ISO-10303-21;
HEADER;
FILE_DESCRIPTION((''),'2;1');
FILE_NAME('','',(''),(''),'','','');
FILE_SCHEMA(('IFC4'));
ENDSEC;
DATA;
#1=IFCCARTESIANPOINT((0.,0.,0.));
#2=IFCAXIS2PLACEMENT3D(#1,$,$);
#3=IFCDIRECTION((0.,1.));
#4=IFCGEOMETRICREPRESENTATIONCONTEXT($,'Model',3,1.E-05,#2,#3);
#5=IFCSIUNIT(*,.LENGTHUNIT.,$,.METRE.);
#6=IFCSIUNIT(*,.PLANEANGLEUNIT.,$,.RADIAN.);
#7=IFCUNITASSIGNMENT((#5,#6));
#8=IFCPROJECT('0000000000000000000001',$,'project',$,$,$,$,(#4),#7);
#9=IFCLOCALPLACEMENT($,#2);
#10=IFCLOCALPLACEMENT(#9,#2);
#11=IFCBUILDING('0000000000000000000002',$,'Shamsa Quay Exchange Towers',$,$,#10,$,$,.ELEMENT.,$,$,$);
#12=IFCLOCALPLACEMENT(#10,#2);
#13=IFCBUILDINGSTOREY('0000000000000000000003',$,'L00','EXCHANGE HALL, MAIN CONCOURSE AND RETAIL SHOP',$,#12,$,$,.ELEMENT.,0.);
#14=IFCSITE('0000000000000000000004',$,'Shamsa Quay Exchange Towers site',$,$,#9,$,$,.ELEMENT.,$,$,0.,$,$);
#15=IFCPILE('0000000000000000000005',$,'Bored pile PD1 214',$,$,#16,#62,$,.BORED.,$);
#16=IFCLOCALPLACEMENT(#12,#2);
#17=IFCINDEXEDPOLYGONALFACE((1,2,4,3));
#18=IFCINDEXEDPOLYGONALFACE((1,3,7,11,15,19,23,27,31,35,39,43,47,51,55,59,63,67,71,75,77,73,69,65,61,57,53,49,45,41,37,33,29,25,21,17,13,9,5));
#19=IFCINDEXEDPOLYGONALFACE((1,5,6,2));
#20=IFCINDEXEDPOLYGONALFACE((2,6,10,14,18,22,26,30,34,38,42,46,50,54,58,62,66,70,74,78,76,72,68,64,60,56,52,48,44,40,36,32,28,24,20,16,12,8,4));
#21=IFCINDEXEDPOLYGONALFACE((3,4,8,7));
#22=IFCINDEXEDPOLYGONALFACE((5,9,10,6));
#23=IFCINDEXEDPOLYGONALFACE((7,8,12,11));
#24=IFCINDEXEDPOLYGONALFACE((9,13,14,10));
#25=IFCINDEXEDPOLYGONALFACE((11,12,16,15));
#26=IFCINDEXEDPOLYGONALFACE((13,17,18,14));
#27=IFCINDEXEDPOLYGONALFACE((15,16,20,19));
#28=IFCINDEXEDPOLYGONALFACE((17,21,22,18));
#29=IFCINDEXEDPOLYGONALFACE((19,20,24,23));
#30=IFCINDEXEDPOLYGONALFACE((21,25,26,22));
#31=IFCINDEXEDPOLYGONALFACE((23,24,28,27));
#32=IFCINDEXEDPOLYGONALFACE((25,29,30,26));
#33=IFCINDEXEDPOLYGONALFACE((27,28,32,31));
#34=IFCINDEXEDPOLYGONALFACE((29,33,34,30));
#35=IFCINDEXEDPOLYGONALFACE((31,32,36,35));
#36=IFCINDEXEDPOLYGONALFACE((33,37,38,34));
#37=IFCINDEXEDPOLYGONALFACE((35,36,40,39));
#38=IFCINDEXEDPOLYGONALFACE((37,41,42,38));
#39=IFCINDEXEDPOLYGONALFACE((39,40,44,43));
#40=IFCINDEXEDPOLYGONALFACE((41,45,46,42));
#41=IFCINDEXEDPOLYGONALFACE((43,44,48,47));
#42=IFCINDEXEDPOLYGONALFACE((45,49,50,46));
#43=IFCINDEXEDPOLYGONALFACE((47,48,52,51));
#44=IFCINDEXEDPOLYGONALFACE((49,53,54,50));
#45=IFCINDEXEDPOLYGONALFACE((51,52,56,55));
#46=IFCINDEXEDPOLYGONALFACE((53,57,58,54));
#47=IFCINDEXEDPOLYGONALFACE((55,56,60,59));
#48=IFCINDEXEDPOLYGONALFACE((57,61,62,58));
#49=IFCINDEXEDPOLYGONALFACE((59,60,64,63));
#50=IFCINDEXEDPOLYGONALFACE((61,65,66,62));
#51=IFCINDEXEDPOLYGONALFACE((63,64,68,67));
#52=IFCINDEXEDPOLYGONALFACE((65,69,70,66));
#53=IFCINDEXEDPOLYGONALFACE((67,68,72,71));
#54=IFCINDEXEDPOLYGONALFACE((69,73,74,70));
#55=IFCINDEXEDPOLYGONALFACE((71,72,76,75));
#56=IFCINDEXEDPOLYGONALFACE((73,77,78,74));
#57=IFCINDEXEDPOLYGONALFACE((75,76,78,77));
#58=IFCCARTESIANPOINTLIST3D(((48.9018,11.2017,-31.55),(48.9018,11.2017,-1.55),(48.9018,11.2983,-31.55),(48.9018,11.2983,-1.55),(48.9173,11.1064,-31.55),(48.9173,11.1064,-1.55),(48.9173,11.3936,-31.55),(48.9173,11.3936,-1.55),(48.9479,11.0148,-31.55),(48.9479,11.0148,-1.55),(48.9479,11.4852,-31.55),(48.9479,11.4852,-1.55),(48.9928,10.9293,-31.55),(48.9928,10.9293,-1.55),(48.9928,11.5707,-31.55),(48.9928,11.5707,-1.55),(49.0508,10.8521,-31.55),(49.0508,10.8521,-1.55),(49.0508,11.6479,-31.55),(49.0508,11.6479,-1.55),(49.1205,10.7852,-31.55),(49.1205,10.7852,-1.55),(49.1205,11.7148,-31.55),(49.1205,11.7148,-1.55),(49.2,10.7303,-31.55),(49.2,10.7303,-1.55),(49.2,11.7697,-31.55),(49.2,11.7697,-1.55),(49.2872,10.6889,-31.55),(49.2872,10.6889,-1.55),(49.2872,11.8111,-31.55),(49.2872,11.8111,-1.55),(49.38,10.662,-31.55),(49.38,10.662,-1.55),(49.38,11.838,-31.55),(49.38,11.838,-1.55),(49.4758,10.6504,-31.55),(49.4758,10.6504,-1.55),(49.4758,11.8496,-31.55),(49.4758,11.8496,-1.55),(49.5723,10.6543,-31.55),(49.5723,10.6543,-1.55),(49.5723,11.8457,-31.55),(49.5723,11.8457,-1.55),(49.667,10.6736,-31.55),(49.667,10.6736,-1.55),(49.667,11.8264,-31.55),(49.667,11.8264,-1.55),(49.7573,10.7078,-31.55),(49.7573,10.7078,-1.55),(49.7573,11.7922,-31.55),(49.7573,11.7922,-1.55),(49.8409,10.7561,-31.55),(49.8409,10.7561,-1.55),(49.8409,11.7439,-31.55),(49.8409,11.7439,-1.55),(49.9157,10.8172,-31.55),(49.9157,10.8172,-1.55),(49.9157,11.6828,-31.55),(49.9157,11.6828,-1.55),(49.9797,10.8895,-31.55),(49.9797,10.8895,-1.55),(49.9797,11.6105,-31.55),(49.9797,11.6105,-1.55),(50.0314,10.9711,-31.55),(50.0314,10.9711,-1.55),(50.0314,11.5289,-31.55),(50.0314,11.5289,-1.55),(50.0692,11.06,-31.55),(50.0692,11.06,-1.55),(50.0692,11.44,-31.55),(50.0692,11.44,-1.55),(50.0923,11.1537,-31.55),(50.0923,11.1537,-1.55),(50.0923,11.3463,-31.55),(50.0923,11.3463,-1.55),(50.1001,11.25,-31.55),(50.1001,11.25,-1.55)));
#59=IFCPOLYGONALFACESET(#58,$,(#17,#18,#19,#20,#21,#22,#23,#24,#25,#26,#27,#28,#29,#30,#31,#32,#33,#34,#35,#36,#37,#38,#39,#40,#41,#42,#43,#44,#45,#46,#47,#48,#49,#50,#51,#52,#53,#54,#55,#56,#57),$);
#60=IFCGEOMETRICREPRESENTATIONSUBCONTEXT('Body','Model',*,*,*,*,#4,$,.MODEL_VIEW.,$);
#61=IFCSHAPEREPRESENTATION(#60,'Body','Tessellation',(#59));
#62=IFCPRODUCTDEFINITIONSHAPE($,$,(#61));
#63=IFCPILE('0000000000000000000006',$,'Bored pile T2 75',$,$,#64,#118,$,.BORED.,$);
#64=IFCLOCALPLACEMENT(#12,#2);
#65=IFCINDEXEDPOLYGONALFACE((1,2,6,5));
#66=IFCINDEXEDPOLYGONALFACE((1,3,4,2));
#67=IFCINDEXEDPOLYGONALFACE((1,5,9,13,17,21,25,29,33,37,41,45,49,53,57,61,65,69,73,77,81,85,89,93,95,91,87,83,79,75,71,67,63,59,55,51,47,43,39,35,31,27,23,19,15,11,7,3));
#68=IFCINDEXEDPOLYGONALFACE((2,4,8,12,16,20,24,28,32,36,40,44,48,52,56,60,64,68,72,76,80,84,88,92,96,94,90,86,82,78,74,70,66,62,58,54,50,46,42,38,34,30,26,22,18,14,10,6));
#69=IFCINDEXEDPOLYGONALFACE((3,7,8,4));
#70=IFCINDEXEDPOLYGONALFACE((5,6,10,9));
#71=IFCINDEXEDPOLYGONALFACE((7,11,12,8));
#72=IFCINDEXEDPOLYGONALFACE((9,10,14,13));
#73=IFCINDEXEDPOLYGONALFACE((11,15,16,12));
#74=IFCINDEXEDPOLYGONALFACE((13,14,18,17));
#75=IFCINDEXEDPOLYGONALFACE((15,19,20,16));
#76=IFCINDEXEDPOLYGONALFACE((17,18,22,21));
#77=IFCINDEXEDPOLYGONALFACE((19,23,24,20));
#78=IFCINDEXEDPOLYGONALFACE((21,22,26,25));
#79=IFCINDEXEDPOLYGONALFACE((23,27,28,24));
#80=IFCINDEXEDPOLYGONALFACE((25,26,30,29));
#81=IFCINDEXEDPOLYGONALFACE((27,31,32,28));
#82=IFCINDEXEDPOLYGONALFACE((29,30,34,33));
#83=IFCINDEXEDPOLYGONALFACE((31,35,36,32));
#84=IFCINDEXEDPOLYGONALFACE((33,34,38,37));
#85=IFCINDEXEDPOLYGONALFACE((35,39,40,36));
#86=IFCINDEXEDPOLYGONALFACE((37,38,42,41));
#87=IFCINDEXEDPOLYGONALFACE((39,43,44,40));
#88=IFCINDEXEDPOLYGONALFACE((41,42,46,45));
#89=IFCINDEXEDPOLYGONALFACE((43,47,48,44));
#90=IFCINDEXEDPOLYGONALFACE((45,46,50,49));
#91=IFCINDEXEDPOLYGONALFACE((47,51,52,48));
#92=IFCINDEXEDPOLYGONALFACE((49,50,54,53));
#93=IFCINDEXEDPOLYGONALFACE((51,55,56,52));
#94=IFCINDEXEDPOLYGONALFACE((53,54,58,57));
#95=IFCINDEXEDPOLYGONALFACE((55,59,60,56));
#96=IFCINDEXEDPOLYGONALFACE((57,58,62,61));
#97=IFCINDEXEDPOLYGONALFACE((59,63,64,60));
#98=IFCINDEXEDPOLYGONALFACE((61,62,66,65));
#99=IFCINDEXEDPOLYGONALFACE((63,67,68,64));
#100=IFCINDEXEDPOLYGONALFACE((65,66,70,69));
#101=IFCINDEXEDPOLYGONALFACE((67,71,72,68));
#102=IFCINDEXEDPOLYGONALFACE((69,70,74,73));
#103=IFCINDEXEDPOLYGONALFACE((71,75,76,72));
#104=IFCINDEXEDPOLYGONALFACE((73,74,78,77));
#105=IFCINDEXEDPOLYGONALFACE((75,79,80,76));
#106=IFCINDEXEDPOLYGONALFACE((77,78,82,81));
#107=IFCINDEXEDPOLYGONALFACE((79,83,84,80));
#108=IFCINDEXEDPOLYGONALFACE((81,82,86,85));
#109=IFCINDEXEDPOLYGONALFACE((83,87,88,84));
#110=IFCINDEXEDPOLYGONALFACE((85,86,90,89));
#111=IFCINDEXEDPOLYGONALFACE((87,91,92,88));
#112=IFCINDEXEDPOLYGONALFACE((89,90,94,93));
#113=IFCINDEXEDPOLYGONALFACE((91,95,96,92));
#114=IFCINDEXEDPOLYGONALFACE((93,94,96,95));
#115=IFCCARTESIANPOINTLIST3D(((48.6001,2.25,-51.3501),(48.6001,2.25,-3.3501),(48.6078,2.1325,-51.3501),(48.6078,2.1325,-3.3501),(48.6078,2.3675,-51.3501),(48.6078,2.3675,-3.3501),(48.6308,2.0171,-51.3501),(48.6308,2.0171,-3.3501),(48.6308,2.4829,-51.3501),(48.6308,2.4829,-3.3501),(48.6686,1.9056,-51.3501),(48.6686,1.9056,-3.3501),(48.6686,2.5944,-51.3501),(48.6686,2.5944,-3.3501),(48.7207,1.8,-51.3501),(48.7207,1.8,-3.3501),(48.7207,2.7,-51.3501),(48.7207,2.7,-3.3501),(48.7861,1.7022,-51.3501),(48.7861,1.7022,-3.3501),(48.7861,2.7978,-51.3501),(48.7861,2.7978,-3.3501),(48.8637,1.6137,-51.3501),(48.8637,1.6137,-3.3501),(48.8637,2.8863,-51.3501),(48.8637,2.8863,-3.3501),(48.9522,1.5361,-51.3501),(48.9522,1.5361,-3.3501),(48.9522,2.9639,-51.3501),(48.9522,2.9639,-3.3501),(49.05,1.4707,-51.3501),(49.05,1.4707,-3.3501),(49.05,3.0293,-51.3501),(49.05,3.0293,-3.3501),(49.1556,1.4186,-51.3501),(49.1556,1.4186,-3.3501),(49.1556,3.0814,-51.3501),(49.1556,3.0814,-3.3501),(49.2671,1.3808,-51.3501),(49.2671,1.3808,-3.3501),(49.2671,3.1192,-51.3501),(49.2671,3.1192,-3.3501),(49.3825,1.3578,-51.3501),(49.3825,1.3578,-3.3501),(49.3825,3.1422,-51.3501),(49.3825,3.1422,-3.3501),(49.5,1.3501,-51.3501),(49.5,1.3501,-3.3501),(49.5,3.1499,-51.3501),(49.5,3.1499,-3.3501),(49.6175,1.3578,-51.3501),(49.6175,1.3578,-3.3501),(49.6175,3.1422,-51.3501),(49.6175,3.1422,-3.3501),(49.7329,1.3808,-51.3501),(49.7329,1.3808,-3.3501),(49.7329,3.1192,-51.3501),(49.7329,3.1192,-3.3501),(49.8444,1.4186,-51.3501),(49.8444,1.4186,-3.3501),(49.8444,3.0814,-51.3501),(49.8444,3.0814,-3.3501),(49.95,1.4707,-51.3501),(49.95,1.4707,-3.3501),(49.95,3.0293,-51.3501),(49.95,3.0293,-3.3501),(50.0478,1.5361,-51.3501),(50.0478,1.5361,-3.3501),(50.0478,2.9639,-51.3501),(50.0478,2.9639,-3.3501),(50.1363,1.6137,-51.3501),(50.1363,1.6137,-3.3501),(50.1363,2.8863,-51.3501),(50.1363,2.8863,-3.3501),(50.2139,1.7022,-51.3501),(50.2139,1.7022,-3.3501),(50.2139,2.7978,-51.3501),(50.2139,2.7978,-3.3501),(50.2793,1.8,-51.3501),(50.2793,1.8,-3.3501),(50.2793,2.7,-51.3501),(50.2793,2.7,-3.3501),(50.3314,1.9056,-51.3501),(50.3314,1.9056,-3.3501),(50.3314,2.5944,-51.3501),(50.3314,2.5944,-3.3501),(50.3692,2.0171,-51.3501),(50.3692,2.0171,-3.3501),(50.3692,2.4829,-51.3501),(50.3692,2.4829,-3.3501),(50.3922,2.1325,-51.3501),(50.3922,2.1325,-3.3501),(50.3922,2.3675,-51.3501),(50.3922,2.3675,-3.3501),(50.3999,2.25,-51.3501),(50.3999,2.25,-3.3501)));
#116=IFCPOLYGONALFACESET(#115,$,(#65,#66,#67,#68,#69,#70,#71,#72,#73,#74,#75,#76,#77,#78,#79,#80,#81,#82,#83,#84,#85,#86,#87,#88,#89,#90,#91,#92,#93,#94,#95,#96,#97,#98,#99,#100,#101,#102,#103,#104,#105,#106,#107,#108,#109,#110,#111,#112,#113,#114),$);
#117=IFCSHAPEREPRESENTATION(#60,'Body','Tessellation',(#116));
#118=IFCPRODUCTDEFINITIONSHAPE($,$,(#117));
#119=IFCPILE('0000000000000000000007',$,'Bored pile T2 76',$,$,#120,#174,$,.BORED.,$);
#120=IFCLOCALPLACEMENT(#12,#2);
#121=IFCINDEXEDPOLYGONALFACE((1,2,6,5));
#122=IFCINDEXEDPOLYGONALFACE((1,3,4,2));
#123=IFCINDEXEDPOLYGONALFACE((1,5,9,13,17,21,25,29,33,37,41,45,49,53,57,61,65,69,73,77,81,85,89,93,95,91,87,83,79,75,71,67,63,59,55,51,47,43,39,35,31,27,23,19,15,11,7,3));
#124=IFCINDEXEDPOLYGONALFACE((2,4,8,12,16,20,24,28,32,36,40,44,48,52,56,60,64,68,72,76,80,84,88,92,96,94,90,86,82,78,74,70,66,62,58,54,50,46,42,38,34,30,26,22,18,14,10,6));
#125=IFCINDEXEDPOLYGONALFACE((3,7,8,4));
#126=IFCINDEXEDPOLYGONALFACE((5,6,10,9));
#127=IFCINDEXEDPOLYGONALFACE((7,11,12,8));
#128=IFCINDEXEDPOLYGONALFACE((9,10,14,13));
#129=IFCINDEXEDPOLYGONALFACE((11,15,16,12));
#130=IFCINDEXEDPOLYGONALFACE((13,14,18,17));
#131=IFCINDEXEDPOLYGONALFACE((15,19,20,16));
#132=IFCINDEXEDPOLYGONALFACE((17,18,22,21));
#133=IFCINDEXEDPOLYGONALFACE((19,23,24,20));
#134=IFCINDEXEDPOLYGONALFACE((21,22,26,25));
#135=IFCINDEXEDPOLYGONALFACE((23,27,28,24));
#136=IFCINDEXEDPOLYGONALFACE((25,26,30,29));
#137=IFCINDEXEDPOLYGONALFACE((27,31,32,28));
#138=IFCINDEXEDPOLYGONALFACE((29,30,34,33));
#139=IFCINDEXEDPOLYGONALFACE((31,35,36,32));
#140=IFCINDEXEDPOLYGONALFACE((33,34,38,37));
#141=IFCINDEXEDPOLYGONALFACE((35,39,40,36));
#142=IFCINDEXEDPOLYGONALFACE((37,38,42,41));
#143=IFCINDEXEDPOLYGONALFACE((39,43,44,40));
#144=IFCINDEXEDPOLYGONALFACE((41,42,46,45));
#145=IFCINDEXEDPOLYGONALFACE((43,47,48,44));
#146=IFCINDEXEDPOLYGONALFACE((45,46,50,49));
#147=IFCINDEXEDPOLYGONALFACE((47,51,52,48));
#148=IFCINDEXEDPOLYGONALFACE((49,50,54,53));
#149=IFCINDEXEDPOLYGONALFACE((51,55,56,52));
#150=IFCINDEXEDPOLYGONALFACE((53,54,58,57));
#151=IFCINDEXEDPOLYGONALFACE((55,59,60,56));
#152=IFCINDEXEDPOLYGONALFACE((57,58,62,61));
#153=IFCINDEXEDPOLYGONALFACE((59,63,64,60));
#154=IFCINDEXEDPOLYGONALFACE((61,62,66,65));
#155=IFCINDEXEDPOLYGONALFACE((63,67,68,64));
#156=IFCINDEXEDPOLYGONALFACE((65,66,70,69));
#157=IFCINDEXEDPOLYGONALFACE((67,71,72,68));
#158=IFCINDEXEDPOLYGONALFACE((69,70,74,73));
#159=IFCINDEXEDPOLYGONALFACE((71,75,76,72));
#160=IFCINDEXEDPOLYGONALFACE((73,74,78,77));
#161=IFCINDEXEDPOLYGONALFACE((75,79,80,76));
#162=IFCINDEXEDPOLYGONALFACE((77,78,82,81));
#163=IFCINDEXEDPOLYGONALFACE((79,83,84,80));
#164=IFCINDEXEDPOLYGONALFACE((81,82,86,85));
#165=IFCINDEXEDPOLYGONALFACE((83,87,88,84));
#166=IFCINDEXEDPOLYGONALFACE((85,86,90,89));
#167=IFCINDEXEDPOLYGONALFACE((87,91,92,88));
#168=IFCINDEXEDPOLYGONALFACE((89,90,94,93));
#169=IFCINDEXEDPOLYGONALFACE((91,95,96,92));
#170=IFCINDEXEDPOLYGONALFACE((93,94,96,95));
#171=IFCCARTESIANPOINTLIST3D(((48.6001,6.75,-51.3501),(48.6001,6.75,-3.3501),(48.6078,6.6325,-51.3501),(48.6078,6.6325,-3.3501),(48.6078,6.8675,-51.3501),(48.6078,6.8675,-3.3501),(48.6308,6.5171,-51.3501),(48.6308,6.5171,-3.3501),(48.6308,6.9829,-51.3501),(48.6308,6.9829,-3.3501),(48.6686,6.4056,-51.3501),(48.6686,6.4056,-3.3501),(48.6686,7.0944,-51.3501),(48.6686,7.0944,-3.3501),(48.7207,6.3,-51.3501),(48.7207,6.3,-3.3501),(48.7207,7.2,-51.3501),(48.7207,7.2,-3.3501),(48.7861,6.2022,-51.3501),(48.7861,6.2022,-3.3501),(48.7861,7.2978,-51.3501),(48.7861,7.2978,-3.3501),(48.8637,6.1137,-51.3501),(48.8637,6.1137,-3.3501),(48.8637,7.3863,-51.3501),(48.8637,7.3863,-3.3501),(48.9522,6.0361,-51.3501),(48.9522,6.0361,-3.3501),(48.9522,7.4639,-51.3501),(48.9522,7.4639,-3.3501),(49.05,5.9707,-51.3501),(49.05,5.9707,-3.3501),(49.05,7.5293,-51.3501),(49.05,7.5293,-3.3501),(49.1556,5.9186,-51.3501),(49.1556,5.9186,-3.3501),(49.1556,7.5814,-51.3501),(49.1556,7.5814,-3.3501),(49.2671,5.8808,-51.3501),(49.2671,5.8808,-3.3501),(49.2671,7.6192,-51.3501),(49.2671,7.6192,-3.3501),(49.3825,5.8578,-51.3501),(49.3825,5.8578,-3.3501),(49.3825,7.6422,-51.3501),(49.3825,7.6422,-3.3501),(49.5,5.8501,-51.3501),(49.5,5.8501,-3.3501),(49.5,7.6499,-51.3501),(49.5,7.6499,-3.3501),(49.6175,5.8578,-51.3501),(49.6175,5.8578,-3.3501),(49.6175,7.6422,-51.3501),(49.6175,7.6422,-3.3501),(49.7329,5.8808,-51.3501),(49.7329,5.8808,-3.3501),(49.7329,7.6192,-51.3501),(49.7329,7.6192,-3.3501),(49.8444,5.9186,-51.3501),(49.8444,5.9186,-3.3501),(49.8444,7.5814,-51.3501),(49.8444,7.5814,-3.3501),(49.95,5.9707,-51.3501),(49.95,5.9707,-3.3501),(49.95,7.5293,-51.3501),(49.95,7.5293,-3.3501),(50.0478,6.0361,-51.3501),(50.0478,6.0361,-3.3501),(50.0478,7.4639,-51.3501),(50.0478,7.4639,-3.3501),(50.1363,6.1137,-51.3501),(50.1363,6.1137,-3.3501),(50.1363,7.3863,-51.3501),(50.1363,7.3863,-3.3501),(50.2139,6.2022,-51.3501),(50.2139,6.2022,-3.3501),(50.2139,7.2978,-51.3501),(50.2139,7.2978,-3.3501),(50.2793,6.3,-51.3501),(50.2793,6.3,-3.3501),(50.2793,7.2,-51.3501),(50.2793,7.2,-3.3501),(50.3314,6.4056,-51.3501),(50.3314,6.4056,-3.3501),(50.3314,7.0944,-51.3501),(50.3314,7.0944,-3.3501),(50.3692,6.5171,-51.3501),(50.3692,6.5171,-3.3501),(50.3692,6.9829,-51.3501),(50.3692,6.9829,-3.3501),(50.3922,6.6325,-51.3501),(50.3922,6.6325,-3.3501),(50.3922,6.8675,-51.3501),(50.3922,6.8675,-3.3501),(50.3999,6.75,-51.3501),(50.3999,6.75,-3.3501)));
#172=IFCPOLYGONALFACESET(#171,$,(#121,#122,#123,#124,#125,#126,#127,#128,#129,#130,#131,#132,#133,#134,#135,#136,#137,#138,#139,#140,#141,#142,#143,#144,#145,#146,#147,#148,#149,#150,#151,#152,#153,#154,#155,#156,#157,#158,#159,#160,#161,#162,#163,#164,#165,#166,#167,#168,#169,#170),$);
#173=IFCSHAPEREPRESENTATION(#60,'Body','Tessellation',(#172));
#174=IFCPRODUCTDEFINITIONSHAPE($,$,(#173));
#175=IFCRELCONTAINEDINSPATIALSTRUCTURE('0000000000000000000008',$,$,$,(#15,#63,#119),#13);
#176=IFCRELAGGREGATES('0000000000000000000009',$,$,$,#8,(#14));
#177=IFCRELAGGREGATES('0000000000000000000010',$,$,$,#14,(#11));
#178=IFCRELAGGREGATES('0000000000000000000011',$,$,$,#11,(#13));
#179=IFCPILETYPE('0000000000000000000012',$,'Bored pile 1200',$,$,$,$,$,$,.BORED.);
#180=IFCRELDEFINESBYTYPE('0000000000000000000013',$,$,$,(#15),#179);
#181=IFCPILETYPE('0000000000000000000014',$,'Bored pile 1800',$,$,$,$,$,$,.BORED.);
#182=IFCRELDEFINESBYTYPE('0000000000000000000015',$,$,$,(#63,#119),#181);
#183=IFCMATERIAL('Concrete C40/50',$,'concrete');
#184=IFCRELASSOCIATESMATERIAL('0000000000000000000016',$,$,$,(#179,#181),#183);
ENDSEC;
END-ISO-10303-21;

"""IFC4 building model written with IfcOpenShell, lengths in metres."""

from ifc_helpers import new_model, si_unit, direction, frame, origin, origin_2d, place, context, subcontext, project, spatial, circle, extrude, material, material_profile, profile_set, type_object, element, save


model = new_model("IFC4")

# Units and contexts
model_context = context("Model", 3, precision=1e-05, world=origin(), true_north=direction((0.0, 1.0)))
body_context = subcontext(model_context, "Body", "Model", "MODEL_VIEW")
ifc_project = project(units=[si_unit("LENGTHUNIT", "METRE"), si_unit("PLANEANGLEUNIT", "RADIAN")], contexts=[model_context])

# Site, building, storey
site_placement = place(None, origin())
site = spatial("IfcSite", under=ifc_project, at=site_placement, Name="Shamsa Quay Exchange Towers site", CompositionType="ELEMENT", RefElevation=0.0)
building_placement = place(site_placement, origin())
building = spatial("IfcBuilding", under=site, at=building_placement, Name="Shamsa Quay Exchange Towers", CompositionType="ELEMENT")
storey_placement = place(building_placement, origin())
storey = spatial("IfcBuildingStorey", under=building, at=storey_placement, Name="L00", Description="EXCHANGE HALL, MAIN CONCOURSE AND RETAIL SHOP", CompositionType="ELEMENT", Elevation=0.0)

# Piles
ifc_material_1 = material(Name="Concrete C40/50", Category="concrete")
ifc_material_profile_1 = material_profile(ifc_material_1, circle(Radius=0.6001, at=origin_2d()), Name="BP1200")
ifc_profile_set_1 = profile_set([ifc_material_profile_1], Name="Concrete C40/50")
pile_type_1 = type_object("IfcPileType", Name="Bored pile 1200", PredefinedType="BORED", material=ifc_profile_set_1)
pile_placement = place(storey_placement, frame((49.5, 11.25, -1.55), z_axis=(0.0, 0.0, -1.0), x_axis=(1.0, 0.0, 0.0)))
element("IfcPile", 1, at=pile_placement, inside=storey, type_object=pile_type_1, Name="Bored pile PD1 214", PredefinedType="BORED", context=body_context, shape_type="SweptSolid", body=[
    extrude(circle(Radius=0.6001, at=origin_2d()), origin(), (0.0, 0.0, 1.0), 30.0),
])
ifc_material_profile_2 = material_profile(ifc_material_1, circle(Radius=0.8999, at=origin_2d()), Name="BP1800")
ifc_profile_set_2 = profile_set([ifc_material_profile_2], Name="Concrete C40/50")
pile_type_2 = type_object("IfcPileType", Name="Bored pile 1800", PredefinedType="BORED", material=ifc_profile_set_2)
for number, where, z_axis, x_axis, name in (
    (2, (49.5, 2.25, -3.3501), (0.0, 0.0, -1.0), (1.0, 0.0, 0.0), "Bored pile T2 75"),
    (3, (49.5, 6.75, -3.3501), (0.0, 0.0, -1.0), (1.0, 0.0, 0.0), "Bored pile T2 76"),
):
    element("IfcPile", number, at=place(storey_placement, frame(where, z_axis=z_axis, x_axis=x_axis)), inside=storey, type_object=pile_type_2, Name=name, PredefinedType="BORED", context=body_context, shape_type="SweptSolid", body=[
        extrude(circle(Radius=0.8999, at=origin_2d()), origin(), (0.0, 0.0, 1.0), 48.0),
    ])

save(model, "model.ifc")
